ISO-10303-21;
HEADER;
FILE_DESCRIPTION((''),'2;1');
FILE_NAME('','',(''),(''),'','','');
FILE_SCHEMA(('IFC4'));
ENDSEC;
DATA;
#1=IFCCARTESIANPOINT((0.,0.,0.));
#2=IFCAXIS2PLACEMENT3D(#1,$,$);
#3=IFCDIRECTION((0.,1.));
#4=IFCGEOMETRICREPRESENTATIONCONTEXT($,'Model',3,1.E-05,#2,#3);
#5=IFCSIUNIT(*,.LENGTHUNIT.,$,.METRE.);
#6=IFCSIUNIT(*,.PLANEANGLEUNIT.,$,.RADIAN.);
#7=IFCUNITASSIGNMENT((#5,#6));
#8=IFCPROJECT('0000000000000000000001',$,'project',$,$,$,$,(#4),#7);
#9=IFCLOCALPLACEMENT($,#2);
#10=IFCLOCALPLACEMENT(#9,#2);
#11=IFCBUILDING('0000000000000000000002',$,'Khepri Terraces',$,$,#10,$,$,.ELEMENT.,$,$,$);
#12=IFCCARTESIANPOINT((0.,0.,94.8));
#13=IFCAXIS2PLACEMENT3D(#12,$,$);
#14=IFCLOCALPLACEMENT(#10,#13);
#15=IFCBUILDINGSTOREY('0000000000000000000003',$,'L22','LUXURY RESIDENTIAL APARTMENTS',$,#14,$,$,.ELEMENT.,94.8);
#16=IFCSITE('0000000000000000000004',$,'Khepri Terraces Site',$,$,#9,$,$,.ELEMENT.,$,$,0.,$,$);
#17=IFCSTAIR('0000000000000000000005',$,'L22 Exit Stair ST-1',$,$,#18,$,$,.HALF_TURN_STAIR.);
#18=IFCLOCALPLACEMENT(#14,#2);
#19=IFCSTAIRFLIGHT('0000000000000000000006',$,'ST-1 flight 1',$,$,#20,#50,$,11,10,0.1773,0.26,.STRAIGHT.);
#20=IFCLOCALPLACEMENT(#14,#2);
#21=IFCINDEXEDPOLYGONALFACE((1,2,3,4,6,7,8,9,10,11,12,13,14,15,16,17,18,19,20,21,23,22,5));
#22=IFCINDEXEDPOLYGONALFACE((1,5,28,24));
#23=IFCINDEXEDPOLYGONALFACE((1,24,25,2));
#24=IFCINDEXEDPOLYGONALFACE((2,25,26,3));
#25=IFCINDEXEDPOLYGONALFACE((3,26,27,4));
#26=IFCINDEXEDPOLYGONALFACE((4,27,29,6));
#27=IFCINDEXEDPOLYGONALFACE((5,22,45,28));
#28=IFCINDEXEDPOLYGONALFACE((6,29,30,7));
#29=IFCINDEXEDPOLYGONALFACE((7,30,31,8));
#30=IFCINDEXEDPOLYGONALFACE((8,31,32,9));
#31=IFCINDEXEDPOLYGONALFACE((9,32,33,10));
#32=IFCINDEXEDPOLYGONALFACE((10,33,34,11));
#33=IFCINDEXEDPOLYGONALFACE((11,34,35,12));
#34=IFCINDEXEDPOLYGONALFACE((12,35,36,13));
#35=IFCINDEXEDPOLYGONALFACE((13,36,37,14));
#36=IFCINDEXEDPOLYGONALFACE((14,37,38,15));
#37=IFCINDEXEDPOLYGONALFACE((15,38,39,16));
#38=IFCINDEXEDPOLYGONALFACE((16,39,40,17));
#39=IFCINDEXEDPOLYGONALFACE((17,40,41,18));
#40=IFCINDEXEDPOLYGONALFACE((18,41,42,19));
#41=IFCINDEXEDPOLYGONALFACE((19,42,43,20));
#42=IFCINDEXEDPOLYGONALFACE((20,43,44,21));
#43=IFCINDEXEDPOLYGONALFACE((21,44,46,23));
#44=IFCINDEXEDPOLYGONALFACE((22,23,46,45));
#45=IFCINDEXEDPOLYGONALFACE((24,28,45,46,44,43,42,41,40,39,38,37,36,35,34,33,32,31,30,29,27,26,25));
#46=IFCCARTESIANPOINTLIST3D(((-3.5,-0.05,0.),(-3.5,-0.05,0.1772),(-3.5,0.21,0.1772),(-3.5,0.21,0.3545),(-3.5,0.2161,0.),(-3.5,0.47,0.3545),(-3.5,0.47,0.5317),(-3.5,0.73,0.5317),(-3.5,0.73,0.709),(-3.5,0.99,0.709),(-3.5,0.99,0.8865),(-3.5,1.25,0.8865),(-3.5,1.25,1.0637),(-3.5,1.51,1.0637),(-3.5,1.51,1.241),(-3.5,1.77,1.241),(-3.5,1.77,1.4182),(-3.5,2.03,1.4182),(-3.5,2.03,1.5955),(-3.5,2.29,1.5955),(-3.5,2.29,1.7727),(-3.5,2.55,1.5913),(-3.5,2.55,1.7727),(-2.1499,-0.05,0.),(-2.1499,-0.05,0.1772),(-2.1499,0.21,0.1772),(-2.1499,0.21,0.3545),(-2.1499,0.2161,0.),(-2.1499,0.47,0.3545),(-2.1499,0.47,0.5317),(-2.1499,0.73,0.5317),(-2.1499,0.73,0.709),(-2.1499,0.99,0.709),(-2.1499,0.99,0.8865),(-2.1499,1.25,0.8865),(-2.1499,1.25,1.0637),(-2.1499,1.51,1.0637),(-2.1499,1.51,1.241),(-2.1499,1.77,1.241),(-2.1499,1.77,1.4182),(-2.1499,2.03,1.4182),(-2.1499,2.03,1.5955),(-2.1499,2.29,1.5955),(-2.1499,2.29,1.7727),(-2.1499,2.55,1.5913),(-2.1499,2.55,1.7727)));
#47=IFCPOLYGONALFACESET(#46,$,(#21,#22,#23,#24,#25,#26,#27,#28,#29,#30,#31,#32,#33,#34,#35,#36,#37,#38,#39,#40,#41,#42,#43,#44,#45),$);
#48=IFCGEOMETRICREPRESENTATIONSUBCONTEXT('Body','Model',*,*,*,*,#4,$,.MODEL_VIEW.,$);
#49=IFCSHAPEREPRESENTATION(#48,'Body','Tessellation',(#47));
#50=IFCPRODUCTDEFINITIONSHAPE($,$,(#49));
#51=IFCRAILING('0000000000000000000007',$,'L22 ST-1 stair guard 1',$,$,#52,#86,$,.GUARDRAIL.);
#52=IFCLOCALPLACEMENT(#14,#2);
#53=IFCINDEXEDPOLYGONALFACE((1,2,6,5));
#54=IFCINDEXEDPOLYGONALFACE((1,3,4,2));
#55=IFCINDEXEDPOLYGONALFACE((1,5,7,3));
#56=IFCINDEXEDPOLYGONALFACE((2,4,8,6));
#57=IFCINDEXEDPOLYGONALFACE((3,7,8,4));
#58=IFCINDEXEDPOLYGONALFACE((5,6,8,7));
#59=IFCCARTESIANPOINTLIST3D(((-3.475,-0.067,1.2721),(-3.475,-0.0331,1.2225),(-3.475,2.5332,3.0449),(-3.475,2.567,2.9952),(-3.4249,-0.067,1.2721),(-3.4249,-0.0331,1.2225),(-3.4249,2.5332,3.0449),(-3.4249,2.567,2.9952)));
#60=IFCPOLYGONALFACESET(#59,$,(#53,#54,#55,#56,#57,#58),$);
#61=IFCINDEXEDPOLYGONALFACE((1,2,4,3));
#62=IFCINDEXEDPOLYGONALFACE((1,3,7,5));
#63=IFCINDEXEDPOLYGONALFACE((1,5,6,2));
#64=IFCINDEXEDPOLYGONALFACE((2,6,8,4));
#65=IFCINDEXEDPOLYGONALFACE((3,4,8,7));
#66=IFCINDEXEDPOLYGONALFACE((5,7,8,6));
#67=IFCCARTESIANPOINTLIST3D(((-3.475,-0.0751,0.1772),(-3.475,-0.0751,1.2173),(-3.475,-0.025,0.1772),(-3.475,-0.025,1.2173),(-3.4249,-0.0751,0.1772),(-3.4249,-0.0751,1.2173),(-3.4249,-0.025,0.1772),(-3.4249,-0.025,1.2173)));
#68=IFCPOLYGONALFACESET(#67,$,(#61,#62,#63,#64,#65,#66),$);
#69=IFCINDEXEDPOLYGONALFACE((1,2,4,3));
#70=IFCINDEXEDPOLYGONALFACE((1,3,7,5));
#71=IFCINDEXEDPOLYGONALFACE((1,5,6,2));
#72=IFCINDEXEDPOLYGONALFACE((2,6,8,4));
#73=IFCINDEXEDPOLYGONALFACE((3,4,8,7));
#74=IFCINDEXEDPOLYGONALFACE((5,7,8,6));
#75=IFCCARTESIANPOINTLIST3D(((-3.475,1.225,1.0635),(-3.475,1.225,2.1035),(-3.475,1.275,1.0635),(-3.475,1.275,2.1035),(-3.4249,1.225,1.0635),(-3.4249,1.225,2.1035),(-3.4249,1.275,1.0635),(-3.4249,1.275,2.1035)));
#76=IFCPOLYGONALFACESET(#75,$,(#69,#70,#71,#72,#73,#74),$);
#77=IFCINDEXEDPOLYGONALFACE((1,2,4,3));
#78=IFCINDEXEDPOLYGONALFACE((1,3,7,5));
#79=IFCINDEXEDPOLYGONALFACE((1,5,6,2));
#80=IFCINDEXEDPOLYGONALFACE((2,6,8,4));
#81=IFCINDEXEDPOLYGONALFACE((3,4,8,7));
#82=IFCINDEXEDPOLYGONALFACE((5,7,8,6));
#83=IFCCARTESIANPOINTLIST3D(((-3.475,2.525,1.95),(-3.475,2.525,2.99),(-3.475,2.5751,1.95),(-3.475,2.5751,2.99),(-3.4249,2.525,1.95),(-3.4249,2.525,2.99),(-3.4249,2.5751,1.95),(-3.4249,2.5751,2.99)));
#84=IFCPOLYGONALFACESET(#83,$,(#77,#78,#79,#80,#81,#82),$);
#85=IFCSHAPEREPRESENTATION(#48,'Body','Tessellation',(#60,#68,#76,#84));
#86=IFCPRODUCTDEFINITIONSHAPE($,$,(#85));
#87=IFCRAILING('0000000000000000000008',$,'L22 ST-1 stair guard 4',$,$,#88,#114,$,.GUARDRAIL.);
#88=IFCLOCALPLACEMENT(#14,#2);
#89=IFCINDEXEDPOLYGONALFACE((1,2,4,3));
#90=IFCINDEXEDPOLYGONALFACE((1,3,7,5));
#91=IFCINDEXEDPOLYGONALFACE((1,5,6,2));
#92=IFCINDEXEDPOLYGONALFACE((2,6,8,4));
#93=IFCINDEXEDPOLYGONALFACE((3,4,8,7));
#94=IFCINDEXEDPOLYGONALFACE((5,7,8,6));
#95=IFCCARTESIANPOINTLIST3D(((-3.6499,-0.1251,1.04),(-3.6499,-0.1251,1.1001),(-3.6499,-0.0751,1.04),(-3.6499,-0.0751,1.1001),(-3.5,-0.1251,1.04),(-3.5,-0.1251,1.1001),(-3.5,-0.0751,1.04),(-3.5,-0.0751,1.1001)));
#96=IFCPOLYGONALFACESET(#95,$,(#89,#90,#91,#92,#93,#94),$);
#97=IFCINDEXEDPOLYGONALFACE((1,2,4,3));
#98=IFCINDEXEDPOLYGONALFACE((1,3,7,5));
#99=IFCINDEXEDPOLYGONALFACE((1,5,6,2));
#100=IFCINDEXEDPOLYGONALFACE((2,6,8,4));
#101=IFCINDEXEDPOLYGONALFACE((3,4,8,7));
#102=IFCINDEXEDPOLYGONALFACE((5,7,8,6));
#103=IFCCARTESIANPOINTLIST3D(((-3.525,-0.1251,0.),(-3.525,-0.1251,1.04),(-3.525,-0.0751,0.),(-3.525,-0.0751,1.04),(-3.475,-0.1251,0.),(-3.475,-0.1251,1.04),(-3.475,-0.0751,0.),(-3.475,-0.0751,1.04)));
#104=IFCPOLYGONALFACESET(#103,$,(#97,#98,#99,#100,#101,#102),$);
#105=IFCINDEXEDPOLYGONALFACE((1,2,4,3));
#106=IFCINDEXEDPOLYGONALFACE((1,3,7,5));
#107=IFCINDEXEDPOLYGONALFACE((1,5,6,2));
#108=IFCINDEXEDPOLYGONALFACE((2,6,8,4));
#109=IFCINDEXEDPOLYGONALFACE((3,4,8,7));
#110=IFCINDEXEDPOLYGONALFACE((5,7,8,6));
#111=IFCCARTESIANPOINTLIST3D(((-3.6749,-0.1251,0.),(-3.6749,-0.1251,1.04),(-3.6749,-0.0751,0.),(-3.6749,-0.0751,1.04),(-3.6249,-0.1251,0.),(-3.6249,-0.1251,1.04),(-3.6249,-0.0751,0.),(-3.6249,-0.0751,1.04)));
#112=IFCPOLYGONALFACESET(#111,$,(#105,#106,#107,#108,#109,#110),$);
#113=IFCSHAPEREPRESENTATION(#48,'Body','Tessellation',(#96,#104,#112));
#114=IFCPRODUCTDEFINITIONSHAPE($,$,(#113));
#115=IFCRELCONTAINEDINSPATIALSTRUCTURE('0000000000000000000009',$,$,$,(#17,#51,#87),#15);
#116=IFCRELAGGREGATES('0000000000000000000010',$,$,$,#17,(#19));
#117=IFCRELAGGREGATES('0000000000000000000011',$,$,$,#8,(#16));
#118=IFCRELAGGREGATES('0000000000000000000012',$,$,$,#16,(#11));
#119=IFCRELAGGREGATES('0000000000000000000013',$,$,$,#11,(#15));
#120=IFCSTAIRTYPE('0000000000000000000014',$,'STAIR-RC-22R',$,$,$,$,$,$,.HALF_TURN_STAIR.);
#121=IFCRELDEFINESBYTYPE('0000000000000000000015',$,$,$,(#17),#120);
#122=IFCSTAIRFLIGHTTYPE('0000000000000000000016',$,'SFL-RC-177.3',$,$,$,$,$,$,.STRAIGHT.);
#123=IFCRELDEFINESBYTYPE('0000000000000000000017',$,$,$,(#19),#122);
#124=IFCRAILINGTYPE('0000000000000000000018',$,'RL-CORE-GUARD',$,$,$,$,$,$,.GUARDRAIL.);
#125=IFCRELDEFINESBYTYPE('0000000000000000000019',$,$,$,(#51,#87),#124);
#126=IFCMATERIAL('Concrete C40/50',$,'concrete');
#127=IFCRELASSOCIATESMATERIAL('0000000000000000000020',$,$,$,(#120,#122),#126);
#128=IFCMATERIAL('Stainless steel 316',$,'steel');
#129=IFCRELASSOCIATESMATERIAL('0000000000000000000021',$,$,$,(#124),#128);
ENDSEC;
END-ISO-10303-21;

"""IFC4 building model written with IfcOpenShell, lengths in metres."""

from ifc_helpers import new_model, si_unit, direction, frame, origin, origin_2d, place, context, subcontext, project, spatial, polyline, rectangle, outline, extrude, material, type_object, element, aggregate, save


model = new_model("IFC4")

# Units and contexts
model_context = context("Model", 3, precision=1e-05, world=origin(), true_north=direction((0.0, 1.0)))
body_context = subcontext(model_context, "Body", "Model", "MODEL_VIEW")
ifc_project = project(units=[si_unit("LENGTHUNIT", "METRE"), si_unit("PLANEANGLEUNIT", "RADIAN")], contexts=[model_context])

# Site, building, storey
site_placement = place(None, origin())
site = spatial("IfcSite", under=ifc_project, at=site_placement, Name="Khepri Terraces Site", CompositionType="ELEMENT", RefElevation=0.0)
building_placement = place(site_placement, origin())
building = spatial("IfcBuilding", under=site, at=building_placement, Name="Khepri Terraces", CompositionType="ELEMENT")
storey_placement = place(building_placement, frame((0.0, 0.0, 94.8)))
storey = spatial("IfcBuildingStorey", under=building, at=storey_placement, Name="L22", Description="LUXURY RESIDENTIAL APARTMENTS", CompositionType="ELEMENT", Elevation=94.8)

# Stair, stair flight
ifc_material_1 = material(Name="Concrete C40/50", Category="concrete")
stair_type = type_object("IfcStairType", Name="STAIR-RC-22R", PredefinedType="HALF_TURN_STAIR", material=ifc_material_1)
stair_placement = place(storey_placement, origin())
stair = element("IfcStair", 1, at=stair_placement, inside=storey, type_object=stair_type, Name="L22 Exit Stair ST-1", PredefinedType="HALF_TURN_STAIR")
stair_flight_type = type_object("IfcStairFlightType", Name="SFL-RC-177.3", PredefinedType="STRAIGHT", material=ifc_material_1)
stair_flight_placement = place(storey_placement, frame((-2.825, -0.05, 0.0), z_axis=(0.0, 0.0, 1.0), x_axis=(0.0, 1.0, 0.0)))
stair_flight = element("IfcStairFlight", 2, at=stair_flight_placement, type_object=stair_flight_type, Name="ST-1 flight 1", NumberOfRisers=11, NumberOfTreads=10, PredefinedType="STRAIGHT", RiserHeight=0.1773, TreadLength=0.26, context=body_context, shape_type="SweptSolid", body=[
    extrude(outline(polyline([(0.0, 0.0), (0.0, 0.1772), (0.26, 0.1772), (0.26, 0.3545), (0.52, 0.3545), (0.52, 0.5317), (0.78, 0.5317), (0.78, 0.709), (1.04, 0.709), (1.04, 0.8865), (1.3, 0.8865), (1.3, 1.0637), (1.5601, 1.0637), (1.5601, 1.241), (1.8201, 1.241), (1.8201, 1.4182), (2.0801, 1.4182), (2.0801, 1.5955), (2.3401, 1.5955), (2.3401, 1.7727), (2.6001, 1.7727), (2.6001, 1.95), (2.6001, 1.5913), (0.2661, 0.0), (0.0, 0.0)])), frame((0.0, 0.675, 0.0), z_axis=(0.0, -1.0, 0.0), x_axis=(1.0, 0.0, 0.0)), (0.0, 0.0, 1.0), 1.3501),
])
aggregate(stair, [stair_flight])

# Railings
ifc_material_2 = material(Name="Stainless steel 316", Category="steel")
railing_type = type_object("IfcRailingType", Name="RL-CORE-GUARD", PredefinedType="GUARDRAIL", material=ifc_material_2)
railing_1_placement = place(storey_placement, frame((-3.45, -0.05, 0.1772)))
element("IfcRailing", 3, at=railing_1_placement, inside=storey, type_object=railing_type, Name="L22 ST-1 stair guard 1", PredefinedType="GUARDRAIL", context=body_context, shape_type="SweptSolid", body=[
    extrude(rectangle(XDim=0.05, YDim=0.0601, at=origin_2d()), frame((0.0, 0.0, 1.0701), z_axis=(0.0, 0.82624, 0.563318), x_axis=(-1.0, 0.0, 0.0)), (0.0, 0.0, 1.0), 3.147),
    extrude(rectangle(XDim=0.05, YDim=0.05, at=origin_2d()), origin(), (0.0, 0.0, 1.0), 1.04),
    extrude(rectangle(XDim=0.05, YDim=0.05, at=origin_2d()), frame((0.0, 1.3, 0.8862)), (0.0, 0.0, 1.0), 1.04),
    extrude(rectangle(XDim=0.05, YDim=0.05, at=origin_2d()), frame((0.0, 2.6001, 1.7727)), (0.0, 0.0, 1.0), 1.04),
])
railing_2_placement = place(storey_placement, frame((-3.5, -0.1001, 0.0)))
element("IfcRailing", 4, at=railing_2_placement, inside=storey, type_object=railing_type, Name="L22 ST-1 stair guard 4", PredefinedType="GUARDRAIL", context=body_context, shape_type="SweptSolid", body=[
    extrude(rectangle(XDim=0.05, YDim=0.0601, at=origin_2d()), frame((0.0, 0.0, 1.0701), z_axis=(-1.0, 0.0, 0.0), x_axis=(0.0, -1.0, 0.0)), (0.0, 0.0, 1.0), 0.1499),
    extrude(rectangle(XDim=0.05, YDim=0.05, at=origin_2d()), origin(), (0.0, 0.0, 1.0), 1.04),
    extrude(rectangle(XDim=0.05, YDim=0.05, at=origin_2d()), frame((-0.1499, 0.0, 0.0)), (0.0, 0.0, 1.0), 1.04),
])

save(model, "model.ifc")
